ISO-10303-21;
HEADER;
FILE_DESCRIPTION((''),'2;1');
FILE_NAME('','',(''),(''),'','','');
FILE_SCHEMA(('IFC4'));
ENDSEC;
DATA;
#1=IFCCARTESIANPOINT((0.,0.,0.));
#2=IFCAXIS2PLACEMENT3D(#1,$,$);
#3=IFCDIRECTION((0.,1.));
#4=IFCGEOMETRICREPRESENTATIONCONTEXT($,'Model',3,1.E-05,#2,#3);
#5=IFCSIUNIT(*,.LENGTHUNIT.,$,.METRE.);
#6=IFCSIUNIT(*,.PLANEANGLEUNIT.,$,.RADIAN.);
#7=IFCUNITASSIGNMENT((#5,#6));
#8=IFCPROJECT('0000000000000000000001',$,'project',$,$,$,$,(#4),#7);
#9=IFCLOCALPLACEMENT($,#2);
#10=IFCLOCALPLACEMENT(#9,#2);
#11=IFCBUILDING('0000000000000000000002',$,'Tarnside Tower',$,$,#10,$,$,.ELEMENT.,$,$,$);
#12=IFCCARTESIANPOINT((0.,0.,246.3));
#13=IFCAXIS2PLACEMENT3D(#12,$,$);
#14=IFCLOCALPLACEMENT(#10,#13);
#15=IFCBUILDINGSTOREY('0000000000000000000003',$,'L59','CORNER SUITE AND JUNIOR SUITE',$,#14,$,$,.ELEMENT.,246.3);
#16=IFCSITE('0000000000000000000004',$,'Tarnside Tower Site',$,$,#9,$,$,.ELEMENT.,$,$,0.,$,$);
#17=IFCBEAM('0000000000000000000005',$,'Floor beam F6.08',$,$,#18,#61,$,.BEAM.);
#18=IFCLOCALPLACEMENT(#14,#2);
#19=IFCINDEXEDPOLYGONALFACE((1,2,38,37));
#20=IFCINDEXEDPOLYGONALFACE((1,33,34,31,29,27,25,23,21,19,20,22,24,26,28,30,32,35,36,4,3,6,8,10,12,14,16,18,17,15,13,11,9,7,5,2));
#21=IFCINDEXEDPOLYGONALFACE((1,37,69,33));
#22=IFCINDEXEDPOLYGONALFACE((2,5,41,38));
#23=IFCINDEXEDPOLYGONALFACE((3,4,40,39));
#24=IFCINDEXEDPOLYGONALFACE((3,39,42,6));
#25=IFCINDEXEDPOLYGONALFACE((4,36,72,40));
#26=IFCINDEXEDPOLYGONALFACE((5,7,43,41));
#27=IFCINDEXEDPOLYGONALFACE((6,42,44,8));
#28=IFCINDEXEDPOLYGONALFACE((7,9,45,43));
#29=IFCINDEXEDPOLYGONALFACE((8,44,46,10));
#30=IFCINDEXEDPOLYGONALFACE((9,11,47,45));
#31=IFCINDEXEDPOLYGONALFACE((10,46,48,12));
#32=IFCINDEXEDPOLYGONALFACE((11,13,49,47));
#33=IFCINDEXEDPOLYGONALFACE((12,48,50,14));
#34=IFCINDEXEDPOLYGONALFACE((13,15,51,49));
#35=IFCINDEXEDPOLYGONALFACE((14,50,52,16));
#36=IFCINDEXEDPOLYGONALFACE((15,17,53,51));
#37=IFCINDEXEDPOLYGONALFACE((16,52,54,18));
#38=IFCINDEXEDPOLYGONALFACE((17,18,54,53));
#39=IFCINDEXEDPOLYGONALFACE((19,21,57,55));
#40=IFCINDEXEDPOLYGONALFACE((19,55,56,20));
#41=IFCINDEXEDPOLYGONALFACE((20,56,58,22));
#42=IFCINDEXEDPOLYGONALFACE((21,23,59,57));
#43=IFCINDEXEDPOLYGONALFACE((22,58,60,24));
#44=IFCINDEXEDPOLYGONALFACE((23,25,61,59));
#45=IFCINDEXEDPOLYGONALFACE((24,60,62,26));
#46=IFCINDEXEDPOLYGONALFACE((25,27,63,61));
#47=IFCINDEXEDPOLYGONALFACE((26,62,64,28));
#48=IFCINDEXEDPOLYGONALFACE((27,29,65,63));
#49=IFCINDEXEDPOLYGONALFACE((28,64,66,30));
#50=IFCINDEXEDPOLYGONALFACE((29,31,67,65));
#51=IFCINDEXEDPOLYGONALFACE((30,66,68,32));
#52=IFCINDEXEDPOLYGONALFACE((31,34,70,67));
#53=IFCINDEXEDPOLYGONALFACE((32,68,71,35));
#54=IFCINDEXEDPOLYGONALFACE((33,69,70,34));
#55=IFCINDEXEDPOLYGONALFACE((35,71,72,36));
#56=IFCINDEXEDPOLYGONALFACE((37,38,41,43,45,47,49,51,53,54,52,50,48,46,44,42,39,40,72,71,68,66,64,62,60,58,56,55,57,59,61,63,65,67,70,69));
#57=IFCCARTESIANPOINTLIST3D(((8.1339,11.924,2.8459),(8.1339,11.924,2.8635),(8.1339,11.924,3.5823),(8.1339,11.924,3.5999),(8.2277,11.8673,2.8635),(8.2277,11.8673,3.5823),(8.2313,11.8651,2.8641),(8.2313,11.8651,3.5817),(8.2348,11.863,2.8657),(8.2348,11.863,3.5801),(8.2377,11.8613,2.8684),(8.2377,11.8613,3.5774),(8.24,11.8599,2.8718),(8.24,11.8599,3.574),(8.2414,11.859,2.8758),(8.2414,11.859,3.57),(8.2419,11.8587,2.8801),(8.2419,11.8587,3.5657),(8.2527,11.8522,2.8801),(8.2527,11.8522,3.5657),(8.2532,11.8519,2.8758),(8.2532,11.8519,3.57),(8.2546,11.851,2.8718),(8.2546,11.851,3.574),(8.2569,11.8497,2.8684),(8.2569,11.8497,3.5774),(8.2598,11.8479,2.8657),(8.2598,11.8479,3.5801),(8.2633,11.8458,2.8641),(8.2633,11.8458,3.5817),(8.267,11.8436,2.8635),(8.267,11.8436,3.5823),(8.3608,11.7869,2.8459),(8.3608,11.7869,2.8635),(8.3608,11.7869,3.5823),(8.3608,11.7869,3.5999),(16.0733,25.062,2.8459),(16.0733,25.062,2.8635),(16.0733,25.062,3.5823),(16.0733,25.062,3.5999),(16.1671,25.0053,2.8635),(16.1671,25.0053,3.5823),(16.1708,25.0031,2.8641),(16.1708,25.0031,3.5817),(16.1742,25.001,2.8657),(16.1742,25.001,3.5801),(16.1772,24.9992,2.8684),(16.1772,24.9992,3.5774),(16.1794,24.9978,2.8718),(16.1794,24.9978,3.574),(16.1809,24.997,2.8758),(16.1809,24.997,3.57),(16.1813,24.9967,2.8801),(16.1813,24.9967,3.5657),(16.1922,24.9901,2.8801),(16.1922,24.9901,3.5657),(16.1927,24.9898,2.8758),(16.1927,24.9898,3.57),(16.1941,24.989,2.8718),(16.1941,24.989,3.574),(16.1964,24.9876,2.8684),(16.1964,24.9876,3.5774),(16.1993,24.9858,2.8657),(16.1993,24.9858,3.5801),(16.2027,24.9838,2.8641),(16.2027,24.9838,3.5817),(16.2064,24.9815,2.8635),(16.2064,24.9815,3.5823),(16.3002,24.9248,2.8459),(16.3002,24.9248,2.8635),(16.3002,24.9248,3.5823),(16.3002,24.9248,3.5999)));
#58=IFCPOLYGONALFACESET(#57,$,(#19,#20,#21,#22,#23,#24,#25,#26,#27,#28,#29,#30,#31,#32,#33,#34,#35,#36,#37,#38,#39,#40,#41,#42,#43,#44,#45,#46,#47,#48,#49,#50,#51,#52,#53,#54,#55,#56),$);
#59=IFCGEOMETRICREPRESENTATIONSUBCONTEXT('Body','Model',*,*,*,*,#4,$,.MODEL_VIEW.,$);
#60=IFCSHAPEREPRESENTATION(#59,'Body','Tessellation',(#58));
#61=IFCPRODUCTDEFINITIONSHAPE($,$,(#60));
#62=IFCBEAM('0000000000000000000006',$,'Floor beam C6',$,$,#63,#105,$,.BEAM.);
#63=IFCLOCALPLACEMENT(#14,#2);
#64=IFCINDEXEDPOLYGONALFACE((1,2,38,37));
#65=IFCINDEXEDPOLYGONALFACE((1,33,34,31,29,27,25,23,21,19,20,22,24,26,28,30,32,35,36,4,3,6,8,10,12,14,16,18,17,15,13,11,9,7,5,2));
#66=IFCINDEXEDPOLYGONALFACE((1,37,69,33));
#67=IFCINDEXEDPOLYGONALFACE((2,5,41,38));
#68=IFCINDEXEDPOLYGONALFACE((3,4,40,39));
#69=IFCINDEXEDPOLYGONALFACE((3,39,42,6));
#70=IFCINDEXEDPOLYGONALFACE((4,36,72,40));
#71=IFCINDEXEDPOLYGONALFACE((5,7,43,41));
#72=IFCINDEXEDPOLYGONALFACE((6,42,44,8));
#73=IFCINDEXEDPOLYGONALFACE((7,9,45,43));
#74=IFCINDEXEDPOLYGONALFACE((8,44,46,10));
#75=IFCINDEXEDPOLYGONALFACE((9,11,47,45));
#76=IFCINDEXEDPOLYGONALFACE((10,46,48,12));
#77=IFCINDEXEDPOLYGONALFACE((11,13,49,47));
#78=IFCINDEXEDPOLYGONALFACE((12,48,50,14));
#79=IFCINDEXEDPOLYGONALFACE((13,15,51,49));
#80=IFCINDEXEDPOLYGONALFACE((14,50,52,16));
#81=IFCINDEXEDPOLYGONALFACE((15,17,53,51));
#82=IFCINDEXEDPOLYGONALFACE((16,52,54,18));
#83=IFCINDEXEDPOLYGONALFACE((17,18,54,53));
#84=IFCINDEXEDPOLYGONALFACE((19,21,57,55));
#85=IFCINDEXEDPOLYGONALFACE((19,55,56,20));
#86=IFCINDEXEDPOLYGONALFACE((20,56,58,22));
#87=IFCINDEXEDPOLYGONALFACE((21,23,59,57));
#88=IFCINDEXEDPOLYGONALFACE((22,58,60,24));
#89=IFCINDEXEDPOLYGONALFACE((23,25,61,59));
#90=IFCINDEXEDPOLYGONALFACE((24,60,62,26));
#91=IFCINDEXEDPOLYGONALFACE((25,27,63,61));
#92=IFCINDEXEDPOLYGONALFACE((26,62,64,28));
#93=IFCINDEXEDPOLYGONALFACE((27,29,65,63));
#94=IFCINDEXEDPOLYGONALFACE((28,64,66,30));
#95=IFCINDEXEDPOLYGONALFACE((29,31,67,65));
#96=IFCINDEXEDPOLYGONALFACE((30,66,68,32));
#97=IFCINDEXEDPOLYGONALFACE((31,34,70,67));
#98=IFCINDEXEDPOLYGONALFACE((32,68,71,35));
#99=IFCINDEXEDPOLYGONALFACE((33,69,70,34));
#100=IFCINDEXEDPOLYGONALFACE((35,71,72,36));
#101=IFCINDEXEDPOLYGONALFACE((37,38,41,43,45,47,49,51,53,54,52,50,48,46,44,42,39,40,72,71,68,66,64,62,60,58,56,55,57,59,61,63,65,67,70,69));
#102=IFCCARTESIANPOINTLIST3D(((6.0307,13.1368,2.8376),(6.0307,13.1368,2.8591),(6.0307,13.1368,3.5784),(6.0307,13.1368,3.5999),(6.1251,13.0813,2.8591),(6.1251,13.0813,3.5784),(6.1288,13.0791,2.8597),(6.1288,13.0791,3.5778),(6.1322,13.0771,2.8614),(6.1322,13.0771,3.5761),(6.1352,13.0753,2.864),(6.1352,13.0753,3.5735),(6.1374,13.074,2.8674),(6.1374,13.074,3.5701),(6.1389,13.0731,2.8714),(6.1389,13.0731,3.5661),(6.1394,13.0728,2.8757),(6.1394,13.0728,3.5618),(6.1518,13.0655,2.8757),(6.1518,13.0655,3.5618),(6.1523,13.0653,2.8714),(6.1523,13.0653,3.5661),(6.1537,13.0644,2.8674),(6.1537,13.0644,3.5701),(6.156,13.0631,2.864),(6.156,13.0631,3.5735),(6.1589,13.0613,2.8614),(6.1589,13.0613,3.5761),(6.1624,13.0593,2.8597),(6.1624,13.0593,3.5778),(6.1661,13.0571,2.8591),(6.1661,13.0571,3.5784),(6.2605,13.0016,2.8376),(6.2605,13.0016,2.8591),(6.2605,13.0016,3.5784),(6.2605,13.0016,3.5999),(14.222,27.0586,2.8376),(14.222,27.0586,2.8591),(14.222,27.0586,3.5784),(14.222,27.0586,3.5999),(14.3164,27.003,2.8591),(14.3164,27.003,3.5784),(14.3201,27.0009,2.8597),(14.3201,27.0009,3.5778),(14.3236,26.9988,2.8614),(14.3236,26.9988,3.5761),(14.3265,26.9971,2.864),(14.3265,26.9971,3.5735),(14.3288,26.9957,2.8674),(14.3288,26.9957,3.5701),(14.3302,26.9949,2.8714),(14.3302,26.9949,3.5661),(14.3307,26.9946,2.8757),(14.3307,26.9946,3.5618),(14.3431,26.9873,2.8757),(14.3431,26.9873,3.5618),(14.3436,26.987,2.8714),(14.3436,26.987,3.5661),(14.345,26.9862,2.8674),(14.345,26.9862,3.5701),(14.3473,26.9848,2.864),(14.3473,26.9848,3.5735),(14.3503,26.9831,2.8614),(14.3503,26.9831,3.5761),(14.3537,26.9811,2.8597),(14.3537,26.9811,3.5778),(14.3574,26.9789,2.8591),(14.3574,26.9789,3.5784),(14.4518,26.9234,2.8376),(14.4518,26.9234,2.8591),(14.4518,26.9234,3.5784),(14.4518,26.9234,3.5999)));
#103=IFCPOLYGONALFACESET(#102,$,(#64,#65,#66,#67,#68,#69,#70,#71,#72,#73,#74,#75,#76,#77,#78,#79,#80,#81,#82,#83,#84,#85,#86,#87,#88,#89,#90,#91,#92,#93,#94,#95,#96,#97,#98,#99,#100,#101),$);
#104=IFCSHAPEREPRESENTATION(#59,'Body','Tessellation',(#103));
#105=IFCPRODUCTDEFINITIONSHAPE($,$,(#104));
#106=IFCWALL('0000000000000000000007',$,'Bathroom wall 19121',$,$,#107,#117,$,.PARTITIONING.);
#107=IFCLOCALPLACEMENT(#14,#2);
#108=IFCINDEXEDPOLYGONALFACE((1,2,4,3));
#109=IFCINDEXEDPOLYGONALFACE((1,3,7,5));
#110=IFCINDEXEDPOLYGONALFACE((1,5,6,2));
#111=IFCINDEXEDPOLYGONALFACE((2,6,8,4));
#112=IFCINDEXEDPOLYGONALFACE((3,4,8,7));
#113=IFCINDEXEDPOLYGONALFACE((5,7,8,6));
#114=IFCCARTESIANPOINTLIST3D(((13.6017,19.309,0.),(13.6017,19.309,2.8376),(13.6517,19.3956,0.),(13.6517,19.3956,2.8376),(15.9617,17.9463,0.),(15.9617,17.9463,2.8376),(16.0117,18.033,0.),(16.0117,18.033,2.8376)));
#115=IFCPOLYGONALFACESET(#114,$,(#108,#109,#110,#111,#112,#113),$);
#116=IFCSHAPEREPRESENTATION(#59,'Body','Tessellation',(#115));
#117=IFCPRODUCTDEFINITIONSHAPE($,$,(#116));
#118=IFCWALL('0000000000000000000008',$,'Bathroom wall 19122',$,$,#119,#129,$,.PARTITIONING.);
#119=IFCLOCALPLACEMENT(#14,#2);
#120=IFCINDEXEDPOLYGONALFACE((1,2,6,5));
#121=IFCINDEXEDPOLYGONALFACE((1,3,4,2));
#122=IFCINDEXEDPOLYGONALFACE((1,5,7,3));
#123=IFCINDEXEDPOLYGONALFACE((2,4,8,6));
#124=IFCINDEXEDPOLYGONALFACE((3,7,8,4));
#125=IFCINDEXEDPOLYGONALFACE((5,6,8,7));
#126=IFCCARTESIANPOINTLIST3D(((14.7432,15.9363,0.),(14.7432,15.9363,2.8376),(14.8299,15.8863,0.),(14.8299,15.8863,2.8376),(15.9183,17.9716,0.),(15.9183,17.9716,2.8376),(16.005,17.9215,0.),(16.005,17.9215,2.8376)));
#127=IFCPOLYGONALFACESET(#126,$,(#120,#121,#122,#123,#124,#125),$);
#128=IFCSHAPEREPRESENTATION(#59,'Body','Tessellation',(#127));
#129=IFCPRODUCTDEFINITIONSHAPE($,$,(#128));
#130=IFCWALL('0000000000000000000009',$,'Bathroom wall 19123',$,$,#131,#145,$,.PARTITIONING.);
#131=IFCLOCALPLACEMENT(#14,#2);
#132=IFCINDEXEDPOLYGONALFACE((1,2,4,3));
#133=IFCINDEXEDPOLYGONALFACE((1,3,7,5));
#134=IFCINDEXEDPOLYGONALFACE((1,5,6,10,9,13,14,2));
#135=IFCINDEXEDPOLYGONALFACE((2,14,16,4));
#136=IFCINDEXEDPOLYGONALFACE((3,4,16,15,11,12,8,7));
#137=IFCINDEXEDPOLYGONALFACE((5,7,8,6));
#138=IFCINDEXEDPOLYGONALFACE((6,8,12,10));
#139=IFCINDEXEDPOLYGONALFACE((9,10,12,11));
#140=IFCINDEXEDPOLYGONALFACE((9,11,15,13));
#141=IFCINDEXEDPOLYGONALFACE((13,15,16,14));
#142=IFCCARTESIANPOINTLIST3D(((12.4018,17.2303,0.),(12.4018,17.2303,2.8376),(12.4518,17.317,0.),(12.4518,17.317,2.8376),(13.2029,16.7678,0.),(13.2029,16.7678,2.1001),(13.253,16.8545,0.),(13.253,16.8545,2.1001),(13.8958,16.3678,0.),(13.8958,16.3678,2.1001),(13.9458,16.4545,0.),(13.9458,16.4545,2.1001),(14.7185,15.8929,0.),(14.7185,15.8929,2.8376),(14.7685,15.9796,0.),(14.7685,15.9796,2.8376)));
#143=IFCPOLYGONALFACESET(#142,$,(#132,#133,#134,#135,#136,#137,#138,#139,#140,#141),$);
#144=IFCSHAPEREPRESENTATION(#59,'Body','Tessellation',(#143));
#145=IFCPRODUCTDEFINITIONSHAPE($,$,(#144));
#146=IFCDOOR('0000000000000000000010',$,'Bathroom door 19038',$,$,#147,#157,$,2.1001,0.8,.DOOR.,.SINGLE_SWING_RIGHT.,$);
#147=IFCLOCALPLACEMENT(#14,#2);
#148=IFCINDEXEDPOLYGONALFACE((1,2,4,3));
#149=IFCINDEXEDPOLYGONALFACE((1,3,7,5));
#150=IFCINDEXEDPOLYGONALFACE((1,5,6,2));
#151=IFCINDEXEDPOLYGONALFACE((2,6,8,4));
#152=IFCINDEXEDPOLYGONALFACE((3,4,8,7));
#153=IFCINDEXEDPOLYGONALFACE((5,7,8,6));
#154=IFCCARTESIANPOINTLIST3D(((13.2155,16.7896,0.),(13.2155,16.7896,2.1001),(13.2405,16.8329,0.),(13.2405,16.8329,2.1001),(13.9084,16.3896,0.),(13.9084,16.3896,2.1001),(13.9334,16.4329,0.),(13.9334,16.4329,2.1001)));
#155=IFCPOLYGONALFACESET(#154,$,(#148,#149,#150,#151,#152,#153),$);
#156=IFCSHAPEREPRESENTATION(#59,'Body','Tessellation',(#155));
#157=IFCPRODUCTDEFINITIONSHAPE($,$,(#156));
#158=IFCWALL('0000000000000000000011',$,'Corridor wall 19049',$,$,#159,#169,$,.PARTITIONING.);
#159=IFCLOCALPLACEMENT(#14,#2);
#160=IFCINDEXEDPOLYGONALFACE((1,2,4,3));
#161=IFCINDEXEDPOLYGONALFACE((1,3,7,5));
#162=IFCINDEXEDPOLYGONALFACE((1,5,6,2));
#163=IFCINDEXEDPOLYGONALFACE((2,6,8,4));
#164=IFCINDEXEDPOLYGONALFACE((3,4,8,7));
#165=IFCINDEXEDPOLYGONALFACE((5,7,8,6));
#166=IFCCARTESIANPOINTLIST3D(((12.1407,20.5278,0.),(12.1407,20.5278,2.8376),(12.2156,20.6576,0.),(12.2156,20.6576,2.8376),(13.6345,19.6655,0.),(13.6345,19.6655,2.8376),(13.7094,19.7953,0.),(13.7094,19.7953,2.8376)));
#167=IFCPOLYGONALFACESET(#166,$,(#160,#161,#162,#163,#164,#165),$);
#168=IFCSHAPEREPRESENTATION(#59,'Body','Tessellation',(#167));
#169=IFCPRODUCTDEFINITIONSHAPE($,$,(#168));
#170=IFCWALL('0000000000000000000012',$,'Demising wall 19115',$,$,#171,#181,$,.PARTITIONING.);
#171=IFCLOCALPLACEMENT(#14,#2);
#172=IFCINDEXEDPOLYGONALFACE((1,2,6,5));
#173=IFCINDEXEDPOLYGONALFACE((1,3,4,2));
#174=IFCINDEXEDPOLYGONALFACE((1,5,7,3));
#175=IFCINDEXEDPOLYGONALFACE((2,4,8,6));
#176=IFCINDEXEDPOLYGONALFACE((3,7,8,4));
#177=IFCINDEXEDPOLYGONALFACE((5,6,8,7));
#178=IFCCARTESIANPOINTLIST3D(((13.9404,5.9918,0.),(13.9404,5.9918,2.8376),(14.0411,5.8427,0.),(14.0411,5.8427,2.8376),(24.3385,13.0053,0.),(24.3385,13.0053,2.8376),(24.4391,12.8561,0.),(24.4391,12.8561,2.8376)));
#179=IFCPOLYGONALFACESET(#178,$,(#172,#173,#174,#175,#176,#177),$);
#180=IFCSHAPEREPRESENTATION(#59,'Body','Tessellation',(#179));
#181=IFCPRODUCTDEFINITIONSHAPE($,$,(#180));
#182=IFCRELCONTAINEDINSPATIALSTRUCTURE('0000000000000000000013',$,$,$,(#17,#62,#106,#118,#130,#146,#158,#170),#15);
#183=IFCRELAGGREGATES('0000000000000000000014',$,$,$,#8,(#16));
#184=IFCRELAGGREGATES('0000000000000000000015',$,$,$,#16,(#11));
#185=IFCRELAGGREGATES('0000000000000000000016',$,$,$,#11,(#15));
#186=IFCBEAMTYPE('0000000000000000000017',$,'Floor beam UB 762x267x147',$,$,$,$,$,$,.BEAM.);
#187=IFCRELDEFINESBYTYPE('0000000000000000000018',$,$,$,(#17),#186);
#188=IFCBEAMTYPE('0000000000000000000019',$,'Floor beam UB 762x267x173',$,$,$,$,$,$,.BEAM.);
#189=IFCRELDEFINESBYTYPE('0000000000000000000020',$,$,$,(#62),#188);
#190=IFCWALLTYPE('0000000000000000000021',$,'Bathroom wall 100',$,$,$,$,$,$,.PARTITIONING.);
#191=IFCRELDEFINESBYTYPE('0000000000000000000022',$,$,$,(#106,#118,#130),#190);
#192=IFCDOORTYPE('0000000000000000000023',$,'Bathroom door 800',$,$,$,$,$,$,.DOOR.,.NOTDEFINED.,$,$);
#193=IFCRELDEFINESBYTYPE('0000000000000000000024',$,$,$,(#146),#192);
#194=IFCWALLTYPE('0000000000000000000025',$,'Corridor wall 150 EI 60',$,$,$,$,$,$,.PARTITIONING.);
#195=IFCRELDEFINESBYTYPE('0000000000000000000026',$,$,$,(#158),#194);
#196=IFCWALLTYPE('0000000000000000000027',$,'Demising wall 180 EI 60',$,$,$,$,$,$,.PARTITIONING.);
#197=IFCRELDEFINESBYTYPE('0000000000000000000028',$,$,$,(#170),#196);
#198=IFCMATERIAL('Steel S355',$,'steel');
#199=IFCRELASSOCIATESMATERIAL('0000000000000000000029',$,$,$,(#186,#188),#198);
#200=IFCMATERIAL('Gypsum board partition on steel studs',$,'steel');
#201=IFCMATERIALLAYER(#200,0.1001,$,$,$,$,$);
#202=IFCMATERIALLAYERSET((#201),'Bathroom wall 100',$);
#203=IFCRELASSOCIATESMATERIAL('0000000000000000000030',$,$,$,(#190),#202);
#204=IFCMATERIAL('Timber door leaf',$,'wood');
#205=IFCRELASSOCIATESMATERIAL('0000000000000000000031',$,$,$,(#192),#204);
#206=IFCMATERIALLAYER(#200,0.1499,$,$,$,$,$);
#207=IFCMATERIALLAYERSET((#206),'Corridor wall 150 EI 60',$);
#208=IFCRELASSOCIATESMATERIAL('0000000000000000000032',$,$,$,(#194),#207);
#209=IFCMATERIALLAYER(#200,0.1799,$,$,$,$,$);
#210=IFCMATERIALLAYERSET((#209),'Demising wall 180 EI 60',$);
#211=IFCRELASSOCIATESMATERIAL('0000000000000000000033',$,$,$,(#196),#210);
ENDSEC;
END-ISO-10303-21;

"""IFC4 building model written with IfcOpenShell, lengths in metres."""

from ifc_helpers import new_model, si_unit, direction, frame, frame_2d, origin, origin_2d, place, context, subcontext, project, spatial, rectangle, i_section, extrude, material, layer, layer_set, material_profile, profile_set, type_object, element, fill, save


model = new_model("IFC4")

# Units and contexts
model_context = context("Model", 3, precision=1e-05, world=origin(), true_north=direction((0.0, 1.0)))
body_context = subcontext(model_context, "Body", "Model", "MODEL_VIEW")
ifc_project = project(units=[si_unit("LENGTHUNIT", "METRE"), si_unit("PLANEANGLEUNIT", "RADIAN")], contexts=[model_context])

# Site, building, storey
site_placement = place(None, origin())
site = spatial("IfcSite", under=ifc_project, at=site_placement, Name="Tarnside Tower Site", CompositionType="ELEMENT", RefElevation=0.0)
building_placement = place(site_placement, origin())
building = spatial("IfcBuilding", under=site, at=building_placement, Name="Tarnside Tower", CompositionType="ELEMENT")
storey_placement = place(building_placement, frame((0.0, 0.0, 246.3)))
storey = spatial("IfcBuildingStorey", under=building, at=storey_placement, Name="L59", Description="CORNER SUITE AND JUNIOR SUITE", CompositionType="ELEMENT", Elevation=246.3)

# Beams
ifc_material_1 = material(Name="Steel S355", Category="steel")
ifc_material_profile_1 = material_profile(ifc_material_1, i_section(OverallWidth=0.2651, OverallDepth=0.7539, WebThickness=0.0127, FlangeThickness=0.0176, FilletRadius=0.0166, at=origin_2d()), Name="UB 762x267x147")
ifc_profile_set_1 = profile_set([ifc_material_profile_1], Name="Steel S355")
beam_type_1 = type_object("IfcBeamType", Name="Floor beam UB 762x267x147", PredefinedType="BEAM", material=ifc_profile_set_1)
beam_1_placement = place(storey_placement, frame((16.1868, 24.9934, 3.2229), z_axis=(-0.517209, -0.855859, 0.0), x_axis=(0.855859, -0.517209, 0.0)))
element("IfcBeam", 1, at=beam_1_placement, inside=storey, type_object=beam_type_1, Name="Floor beam F6.08", PredefinedType="BEAM", context=body_context, shape_type="SweptSolid", body=[
    extrude(i_section(OverallWidth=0.2651, OverallDepth=0.7539, WebThickness=0.0127, FlangeThickness=0.0176, FilletRadius=0.0166, at=origin_2d()), origin(), (0.0, 0.0, 1.0), 15.3506),
])
ifc_material_profile_2 = material_profile(ifc_material_1, i_section(OverallWidth=0.2666, OverallDepth=0.7622, WebThickness=0.0144, FlangeThickness=0.0215, FilletRadius=0.0166, at=origin_2d()), Name="UB 762x267x173")
ifc_profile_set_2 = profile_set([ifc_material_profile_2], Name="Steel S355")
beam_type_2 = type_object("IfcBeamType", Name="Floor beam UB 762x267x173", PredefinedType="BEAM", material=ifc_profile_set_2)
beam_2_placement = place(storey_placement, frame((14.3369, 26.991, 3.2188), z_axis=(-0.507115, -0.861878, 0.0), x_axis=(0.861878, -0.507115, 0.0)))
element("IfcBeam", 2, at=beam_2_placement, inside=storey, type_object=beam_type_2, Name="Floor beam C6", PredefinedType="BEAM", context=body_context, shape_type="SweptSolid", body=[
    extrude(i_section(OverallWidth=0.2666, OverallDepth=0.7622, WebThickness=0.0144, FlangeThickness=0.0215, FilletRadius=0.0166, at=origin_2d()), origin(), (0.0, 0.0, 1.0), 16.1528),
])

# Walls
ifc_material_2 = material(Name="Gypsum board partition on steel studs", Category="steel")
ifc_layer_1 = layer(ifc_material_2, 0.1001)
ifc_layer_set_1 = layer_set([ifc_layer_1], Name="Bathroom wall 100")
wall_type_1 = type_object("IfcWallType", Name="Bathroom wall 100", PredefinedType="PARTITIONING", material=ifc_layer_set_1)
wall_1_placement = place(storey_placement, frame((13.6267, 19.3523, 0.0), z_axis=(0.0, 0.0, 1.0), x_axis=(0.866013, -0.500022, 0.0)))
element("IfcWall", 3, at=wall_1_placement, inside=storey, type_object=wall_type_1, Name="Bathroom wall 19121", PredefinedType="PARTITIONING", context=body_context, shape_type="SweptSolid", body=[
    extrude(rectangle(XDim=2.7251, YDim=0.1001, at=frame_2d((1.3625, 0.0))), origin(), (0.0, 0.0, 1.0), 2.8376),
])
wall_2_placement = place(storey_placement, frame((15.9617, 17.9465, 0.0), z_axis=(0.0, 0.0, 1.0), x_axis=(-0.500016, -0.866016, 0.0)))
element("IfcWall", 4, at=wall_2_placement, inside=storey, type_object=wall_type_1, Name="Bathroom wall 19122", PredefinedType="PARTITIONING", context=body_context, shape_type="SweptSolid", body=[
    extrude(rectangle(XDim=2.3501, YDim=0.1001, at=frame_2d((1.175, 0.0))), origin(), (0.0, 0.0, 1.0), 2.8376),
])

# Wall, opening, door
wall_3_placement = place(storey_placement, frame((14.7434, 15.9363, 0.0), z_axis=(0.0, 0.0, 1.0), x_axis=(-0.866044, 0.499967, 0.0)))
wall_3 = element("IfcWall", 5, at=wall_3_placement, inside=storey, type_object=wall_type_1, Name="Bathroom wall 19123", PredefinedType="PARTITIONING", context=body_context, shape_type="SweptSolid", body=[
    extrude(rectangle(XDim=2.675, YDim=0.1001, at=frame_2d((1.3374, 0.0))), origin(), (0.0, 0.0, 1.0), 2.8376),
])
opening_placement = place(wall_3_placement, frame((0.95, 0.0, 0.0)))
opening = element("IfcOpeningElement", 6, at=opening_placement, cuts=wall_3, PredefinedType="OPENING", context=body_context, shape_type="SweptSolid", body=[
    extrude(rectangle(XDim=0.8, YDim=2.1001, at=frame_2d((0.3999, 1.05))), frame((0.0, 0.0601, 0.0), z_axis=(0.0, -1.0, 0.0), x_axis=(1.0, 0.0, 0.0)), (0.0, 0.0, 1.0), 0.1201),
])
ifc_material_3 = material(Name="Timber door leaf", Category="wood")
door_type = type_object("IfcDoorType", Name="Bathroom door 800", OperationType="NOTDEFINED", PredefinedType="DOOR", material=ifc_material_3)
door_placement = place(opening_placement, origin())
door = element("IfcDoor", 7, at=door_placement, inside=storey, type_object=door_type, Name="Bathroom door 19038", OperationType="SINGLE_SWING_RIGHT", OverallHeight=2.1001, OverallWidth=0.8, PredefinedType="DOOR", context=body_context, shape_type="SweptSolid", body=[
    extrude(rectangle(XDim=0.8, YDim=2.1001, at=frame_2d((0.3999, 1.05))), frame((0.0, 0.0249, 0.0), z_axis=(0.0, -1.0, 0.0), x_axis=(1.0, 0.0, 0.0)), (0.0, 0.0, 1.0), 0.05),
])
fill(opening, door)

# Walls
ifc_layer_2 = layer(ifc_material_2, 0.1499)
ifc_layer_set_2 = layer_set([ifc_layer_2], Name="Corridor wall 150 EI 60")
wall_type_2 = type_object("IfcWallType", Name="Corridor wall 150 EI 60", PredefinedType="PARTITIONING", material=ifc_layer_set_2)
wall_4_placement = place(storey_placement, frame((13.6719, 19.7305, 0.0), z_axis=(0.0, 0.0, 1.0), x_axis=(-0.866075, 0.499914, 0.0)))
element("IfcWall", 8, at=wall_4_placement, inside=storey, type_object=wall_type_2, Name="Corridor wall 19049", PredefinedType="PARTITIONING", context=body_context, shape_type="SweptSolid", body=[
    extrude(rectangle(XDim=1.7249, YDim=0.1499, at=frame_2d((0.8623, 0.0))), origin(), (0.0, 0.0, 1.0), 2.8376),
])
ifc_layer_3 = layer(ifc_material_2, 0.1799)
ifc_layer_set_3 = layer_set([ifc_layer_3], Name="Demising wall 180 EI 60")
wall_type_3 = type_object("IfcWallType", Name="Demising wall 180 EI 60", PredefinedType="PARTITIONING", material=ifc_layer_set_3)
wall_5_placement = place(storey_placement, frame((24.3887, 12.9307, 0.0), z_axis=(0.0, 0.0, 1.0), x_axis=(-0.82904, -0.559189, 0.0)))
element("IfcWall", 9, at=wall_5_placement, inside=storey, type_object=wall_type_3, Name="Demising wall 19115", PredefinedType="PARTITIONING", context=body_context, shape_type="SweptSolid", body=[
    extrude(rectangle(XDim=12.5422, YDim=0.1799, at=frame_2d((6.271, 0.0))), origin(), (0.0, 0.0, 1.0), 2.8376),
])

save(model, "model.ifc")
